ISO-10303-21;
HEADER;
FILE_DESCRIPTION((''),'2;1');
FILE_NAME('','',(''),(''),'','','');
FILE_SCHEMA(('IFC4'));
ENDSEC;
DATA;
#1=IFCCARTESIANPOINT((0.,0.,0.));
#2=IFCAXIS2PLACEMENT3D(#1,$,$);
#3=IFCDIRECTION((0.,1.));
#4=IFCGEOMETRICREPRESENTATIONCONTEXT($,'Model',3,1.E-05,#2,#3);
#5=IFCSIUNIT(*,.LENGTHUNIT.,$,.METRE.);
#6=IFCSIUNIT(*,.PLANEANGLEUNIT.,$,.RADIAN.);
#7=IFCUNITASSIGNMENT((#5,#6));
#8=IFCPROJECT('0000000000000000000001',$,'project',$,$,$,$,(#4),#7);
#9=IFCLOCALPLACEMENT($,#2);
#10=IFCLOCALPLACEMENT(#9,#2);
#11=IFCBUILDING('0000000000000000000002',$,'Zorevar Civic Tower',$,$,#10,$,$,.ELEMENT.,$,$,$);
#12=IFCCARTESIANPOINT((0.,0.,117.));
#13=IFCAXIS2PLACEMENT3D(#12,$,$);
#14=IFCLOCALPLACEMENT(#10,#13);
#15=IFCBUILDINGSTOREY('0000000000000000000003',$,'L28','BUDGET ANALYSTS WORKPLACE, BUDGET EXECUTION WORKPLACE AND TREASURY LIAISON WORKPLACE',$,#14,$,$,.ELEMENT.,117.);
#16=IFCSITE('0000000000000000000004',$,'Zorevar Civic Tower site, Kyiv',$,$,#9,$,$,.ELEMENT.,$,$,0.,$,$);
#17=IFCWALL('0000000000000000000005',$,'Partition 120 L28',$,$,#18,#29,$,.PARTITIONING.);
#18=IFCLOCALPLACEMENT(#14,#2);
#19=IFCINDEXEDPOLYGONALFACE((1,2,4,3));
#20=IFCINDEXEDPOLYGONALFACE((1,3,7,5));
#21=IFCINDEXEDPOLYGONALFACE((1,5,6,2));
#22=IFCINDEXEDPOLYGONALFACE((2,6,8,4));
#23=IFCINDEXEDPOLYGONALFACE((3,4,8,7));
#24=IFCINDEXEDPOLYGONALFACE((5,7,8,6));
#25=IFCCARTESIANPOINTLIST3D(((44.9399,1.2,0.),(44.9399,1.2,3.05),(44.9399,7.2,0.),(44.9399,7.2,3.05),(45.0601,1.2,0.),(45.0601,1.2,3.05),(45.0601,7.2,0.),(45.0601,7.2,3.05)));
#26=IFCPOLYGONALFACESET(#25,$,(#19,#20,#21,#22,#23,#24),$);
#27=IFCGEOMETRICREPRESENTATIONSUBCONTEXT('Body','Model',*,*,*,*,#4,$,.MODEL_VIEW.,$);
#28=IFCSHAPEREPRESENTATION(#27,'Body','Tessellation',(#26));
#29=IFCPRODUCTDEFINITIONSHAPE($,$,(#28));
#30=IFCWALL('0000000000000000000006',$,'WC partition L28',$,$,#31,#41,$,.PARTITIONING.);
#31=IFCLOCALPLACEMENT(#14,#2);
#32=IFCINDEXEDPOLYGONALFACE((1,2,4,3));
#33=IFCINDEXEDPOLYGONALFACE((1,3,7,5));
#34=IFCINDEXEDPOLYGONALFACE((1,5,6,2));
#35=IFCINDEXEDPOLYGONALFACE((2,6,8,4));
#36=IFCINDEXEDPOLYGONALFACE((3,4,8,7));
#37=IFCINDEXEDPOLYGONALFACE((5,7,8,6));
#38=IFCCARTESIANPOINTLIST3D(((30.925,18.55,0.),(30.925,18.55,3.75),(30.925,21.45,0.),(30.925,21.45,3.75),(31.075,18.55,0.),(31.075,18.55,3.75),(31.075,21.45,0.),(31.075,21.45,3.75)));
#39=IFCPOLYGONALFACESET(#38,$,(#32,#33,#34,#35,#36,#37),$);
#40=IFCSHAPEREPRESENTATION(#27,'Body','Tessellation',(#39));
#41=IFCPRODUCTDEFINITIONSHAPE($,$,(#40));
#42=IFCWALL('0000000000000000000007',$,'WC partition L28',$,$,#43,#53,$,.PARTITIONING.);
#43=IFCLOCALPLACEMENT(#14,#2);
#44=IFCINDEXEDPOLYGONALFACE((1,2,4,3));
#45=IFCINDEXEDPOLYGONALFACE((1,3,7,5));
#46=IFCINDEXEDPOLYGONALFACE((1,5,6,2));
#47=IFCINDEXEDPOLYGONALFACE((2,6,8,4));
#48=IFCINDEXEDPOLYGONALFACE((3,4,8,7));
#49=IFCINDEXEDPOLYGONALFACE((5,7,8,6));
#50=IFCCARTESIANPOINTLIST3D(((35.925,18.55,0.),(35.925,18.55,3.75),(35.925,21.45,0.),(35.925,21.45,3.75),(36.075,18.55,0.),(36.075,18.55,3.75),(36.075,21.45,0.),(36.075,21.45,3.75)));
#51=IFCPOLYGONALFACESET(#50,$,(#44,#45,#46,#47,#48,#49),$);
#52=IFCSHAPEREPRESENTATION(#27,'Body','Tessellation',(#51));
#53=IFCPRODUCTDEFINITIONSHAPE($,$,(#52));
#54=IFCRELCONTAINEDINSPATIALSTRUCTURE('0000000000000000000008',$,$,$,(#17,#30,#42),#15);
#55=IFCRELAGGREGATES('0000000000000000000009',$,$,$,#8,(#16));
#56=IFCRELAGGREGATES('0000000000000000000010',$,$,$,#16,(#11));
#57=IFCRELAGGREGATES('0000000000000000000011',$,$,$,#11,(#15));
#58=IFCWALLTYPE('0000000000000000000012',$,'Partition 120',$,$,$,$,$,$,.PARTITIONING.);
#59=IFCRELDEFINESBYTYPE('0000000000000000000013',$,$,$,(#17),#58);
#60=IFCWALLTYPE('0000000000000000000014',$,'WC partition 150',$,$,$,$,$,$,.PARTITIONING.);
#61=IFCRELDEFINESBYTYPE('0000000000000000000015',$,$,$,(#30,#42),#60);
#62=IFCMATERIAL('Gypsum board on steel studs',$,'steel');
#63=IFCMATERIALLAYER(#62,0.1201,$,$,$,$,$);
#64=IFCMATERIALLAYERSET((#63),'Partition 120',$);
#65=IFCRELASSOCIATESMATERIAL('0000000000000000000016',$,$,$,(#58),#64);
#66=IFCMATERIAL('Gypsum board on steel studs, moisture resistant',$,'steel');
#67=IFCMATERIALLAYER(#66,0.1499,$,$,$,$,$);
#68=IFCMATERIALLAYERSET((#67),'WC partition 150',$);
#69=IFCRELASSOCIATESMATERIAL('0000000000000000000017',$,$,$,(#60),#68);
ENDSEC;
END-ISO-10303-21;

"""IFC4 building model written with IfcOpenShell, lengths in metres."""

from ifc_helpers import new_model, si_unit, direction, frame, frame_2d, origin, place, context, subcontext, project, spatial, rectangle, extrude, material, layer, layer_set, type_object, element, save


model = new_model("IFC4")

# Units and contexts
model_context = context("Model", 3, precision=1e-05, world=origin(), true_north=direction((0.0, 1.0)))
body_context = subcontext(model_context, "Body", "Model", "MODEL_VIEW")
ifc_project = project(units=[si_unit("LENGTHUNIT", "METRE"), si_unit("PLANEANGLEUNIT", "RADIAN")], contexts=[model_context])

# Site, building, storey
site_placement = place(None, origin())
site = spatial("IfcSite", under=ifc_project, at=site_placement, Name="Zorevar Civic Tower site, Kyiv", CompositionType="ELEMENT", RefElevation=0.0)
building_placement = place(site_placement, origin())
building = spatial("IfcBuilding", under=site, at=building_placement, Name="Zorevar Civic Tower", CompositionType="ELEMENT")
storey_placement = place(building_placement, frame((0.0, 0.0, 117.0)))
storey = spatial("IfcBuildingStorey", under=building, at=storey_placement, Name="L28", Description="BUDGET ANALYSTS WORKPLACE, BUDGET EXECUTION WORKPLACE AND TREASURY LIAISON WORKPLACE", CompositionType="ELEMENT", Elevation=117.0)

# Shared definitions
ifc_material_1 = material(Name="Gypsum board on steel studs", Category="steel")
ifc_layer_1 = layer(ifc_material_1, 0.1201)
ifc_layer_set_1 = layer_set([ifc_layer_1], Name="Partition 120")
wall_type_1 = type_object("IfcWallType", Name="Partition 120", PredefinedType="PARTITIONING", material=ifc_layer_set_1)

# Walls
for number, where, z_axis, x_axis, name in (
    (1, (45.0, 1.2, 0.0), (0.0, 0.0, 1.0), (0.0, 1.0, 0.0), "Partition 120 L28"),
):
    element("IfcWall", number, at=place(storey_placement, frame(where, z_axis=z_axis, x_axis=x_axis)), inside=storey, type_object=wall_type_1, Name=name, PredefinedType="PARTITIONING", context=body_context, shape_type="SweptSolid", body=[
        extrude(rectangle(XDim=6.0, YDim=0.1201, at=frame_2d((3.0, 0.0))), origin(), (0.0, 0.0, 1.0), 3.05),
    ])
ifc_material_2 = material(Name="Gypsum board on steel studs, moisture resistant", Category="steel")
ifc_layer_2 = layer(ifc_material_2, 0.1499)
ifc_layer_set_2 = layer_set([ifc_layer_2], Name="WC partition 150")
wall_type_2 = type_object("IfcWallType", Name="WC partition 150", PredefinedType="PARTITIONING", material=ifc_layer_set_2)
for number, where, z_axis, x_axis, name in (
    (2, (31.0, 18.55, 0.0), (0.0, 0.0, 1.0), (0.0, 1.0, 0.0), "WC partition L28"),
    (3, (36.0, 18.55, 0.0), (0.0, 0.0, 1.0), (0.0, 1.0, 0.0), "WC partition L28"),
):
    element("IfcWall", number, at=place(storey_placement, frame(where, z_axis=z_axis, x_axis=x_axis)), inside=storey, type_object=wall_type_2, Name=name, PredefinedType="PARTITIONING", context=body_context, shape_type="SweptSolid", body=[
        extrude(rectangle(XDim=2.8999, YDim=0.1499, at=frame_2d((1.45, 0.0))), origin(), (0.0, 0.0, 1.0), 3.75),
    ])

save(model, "model.ifc")
